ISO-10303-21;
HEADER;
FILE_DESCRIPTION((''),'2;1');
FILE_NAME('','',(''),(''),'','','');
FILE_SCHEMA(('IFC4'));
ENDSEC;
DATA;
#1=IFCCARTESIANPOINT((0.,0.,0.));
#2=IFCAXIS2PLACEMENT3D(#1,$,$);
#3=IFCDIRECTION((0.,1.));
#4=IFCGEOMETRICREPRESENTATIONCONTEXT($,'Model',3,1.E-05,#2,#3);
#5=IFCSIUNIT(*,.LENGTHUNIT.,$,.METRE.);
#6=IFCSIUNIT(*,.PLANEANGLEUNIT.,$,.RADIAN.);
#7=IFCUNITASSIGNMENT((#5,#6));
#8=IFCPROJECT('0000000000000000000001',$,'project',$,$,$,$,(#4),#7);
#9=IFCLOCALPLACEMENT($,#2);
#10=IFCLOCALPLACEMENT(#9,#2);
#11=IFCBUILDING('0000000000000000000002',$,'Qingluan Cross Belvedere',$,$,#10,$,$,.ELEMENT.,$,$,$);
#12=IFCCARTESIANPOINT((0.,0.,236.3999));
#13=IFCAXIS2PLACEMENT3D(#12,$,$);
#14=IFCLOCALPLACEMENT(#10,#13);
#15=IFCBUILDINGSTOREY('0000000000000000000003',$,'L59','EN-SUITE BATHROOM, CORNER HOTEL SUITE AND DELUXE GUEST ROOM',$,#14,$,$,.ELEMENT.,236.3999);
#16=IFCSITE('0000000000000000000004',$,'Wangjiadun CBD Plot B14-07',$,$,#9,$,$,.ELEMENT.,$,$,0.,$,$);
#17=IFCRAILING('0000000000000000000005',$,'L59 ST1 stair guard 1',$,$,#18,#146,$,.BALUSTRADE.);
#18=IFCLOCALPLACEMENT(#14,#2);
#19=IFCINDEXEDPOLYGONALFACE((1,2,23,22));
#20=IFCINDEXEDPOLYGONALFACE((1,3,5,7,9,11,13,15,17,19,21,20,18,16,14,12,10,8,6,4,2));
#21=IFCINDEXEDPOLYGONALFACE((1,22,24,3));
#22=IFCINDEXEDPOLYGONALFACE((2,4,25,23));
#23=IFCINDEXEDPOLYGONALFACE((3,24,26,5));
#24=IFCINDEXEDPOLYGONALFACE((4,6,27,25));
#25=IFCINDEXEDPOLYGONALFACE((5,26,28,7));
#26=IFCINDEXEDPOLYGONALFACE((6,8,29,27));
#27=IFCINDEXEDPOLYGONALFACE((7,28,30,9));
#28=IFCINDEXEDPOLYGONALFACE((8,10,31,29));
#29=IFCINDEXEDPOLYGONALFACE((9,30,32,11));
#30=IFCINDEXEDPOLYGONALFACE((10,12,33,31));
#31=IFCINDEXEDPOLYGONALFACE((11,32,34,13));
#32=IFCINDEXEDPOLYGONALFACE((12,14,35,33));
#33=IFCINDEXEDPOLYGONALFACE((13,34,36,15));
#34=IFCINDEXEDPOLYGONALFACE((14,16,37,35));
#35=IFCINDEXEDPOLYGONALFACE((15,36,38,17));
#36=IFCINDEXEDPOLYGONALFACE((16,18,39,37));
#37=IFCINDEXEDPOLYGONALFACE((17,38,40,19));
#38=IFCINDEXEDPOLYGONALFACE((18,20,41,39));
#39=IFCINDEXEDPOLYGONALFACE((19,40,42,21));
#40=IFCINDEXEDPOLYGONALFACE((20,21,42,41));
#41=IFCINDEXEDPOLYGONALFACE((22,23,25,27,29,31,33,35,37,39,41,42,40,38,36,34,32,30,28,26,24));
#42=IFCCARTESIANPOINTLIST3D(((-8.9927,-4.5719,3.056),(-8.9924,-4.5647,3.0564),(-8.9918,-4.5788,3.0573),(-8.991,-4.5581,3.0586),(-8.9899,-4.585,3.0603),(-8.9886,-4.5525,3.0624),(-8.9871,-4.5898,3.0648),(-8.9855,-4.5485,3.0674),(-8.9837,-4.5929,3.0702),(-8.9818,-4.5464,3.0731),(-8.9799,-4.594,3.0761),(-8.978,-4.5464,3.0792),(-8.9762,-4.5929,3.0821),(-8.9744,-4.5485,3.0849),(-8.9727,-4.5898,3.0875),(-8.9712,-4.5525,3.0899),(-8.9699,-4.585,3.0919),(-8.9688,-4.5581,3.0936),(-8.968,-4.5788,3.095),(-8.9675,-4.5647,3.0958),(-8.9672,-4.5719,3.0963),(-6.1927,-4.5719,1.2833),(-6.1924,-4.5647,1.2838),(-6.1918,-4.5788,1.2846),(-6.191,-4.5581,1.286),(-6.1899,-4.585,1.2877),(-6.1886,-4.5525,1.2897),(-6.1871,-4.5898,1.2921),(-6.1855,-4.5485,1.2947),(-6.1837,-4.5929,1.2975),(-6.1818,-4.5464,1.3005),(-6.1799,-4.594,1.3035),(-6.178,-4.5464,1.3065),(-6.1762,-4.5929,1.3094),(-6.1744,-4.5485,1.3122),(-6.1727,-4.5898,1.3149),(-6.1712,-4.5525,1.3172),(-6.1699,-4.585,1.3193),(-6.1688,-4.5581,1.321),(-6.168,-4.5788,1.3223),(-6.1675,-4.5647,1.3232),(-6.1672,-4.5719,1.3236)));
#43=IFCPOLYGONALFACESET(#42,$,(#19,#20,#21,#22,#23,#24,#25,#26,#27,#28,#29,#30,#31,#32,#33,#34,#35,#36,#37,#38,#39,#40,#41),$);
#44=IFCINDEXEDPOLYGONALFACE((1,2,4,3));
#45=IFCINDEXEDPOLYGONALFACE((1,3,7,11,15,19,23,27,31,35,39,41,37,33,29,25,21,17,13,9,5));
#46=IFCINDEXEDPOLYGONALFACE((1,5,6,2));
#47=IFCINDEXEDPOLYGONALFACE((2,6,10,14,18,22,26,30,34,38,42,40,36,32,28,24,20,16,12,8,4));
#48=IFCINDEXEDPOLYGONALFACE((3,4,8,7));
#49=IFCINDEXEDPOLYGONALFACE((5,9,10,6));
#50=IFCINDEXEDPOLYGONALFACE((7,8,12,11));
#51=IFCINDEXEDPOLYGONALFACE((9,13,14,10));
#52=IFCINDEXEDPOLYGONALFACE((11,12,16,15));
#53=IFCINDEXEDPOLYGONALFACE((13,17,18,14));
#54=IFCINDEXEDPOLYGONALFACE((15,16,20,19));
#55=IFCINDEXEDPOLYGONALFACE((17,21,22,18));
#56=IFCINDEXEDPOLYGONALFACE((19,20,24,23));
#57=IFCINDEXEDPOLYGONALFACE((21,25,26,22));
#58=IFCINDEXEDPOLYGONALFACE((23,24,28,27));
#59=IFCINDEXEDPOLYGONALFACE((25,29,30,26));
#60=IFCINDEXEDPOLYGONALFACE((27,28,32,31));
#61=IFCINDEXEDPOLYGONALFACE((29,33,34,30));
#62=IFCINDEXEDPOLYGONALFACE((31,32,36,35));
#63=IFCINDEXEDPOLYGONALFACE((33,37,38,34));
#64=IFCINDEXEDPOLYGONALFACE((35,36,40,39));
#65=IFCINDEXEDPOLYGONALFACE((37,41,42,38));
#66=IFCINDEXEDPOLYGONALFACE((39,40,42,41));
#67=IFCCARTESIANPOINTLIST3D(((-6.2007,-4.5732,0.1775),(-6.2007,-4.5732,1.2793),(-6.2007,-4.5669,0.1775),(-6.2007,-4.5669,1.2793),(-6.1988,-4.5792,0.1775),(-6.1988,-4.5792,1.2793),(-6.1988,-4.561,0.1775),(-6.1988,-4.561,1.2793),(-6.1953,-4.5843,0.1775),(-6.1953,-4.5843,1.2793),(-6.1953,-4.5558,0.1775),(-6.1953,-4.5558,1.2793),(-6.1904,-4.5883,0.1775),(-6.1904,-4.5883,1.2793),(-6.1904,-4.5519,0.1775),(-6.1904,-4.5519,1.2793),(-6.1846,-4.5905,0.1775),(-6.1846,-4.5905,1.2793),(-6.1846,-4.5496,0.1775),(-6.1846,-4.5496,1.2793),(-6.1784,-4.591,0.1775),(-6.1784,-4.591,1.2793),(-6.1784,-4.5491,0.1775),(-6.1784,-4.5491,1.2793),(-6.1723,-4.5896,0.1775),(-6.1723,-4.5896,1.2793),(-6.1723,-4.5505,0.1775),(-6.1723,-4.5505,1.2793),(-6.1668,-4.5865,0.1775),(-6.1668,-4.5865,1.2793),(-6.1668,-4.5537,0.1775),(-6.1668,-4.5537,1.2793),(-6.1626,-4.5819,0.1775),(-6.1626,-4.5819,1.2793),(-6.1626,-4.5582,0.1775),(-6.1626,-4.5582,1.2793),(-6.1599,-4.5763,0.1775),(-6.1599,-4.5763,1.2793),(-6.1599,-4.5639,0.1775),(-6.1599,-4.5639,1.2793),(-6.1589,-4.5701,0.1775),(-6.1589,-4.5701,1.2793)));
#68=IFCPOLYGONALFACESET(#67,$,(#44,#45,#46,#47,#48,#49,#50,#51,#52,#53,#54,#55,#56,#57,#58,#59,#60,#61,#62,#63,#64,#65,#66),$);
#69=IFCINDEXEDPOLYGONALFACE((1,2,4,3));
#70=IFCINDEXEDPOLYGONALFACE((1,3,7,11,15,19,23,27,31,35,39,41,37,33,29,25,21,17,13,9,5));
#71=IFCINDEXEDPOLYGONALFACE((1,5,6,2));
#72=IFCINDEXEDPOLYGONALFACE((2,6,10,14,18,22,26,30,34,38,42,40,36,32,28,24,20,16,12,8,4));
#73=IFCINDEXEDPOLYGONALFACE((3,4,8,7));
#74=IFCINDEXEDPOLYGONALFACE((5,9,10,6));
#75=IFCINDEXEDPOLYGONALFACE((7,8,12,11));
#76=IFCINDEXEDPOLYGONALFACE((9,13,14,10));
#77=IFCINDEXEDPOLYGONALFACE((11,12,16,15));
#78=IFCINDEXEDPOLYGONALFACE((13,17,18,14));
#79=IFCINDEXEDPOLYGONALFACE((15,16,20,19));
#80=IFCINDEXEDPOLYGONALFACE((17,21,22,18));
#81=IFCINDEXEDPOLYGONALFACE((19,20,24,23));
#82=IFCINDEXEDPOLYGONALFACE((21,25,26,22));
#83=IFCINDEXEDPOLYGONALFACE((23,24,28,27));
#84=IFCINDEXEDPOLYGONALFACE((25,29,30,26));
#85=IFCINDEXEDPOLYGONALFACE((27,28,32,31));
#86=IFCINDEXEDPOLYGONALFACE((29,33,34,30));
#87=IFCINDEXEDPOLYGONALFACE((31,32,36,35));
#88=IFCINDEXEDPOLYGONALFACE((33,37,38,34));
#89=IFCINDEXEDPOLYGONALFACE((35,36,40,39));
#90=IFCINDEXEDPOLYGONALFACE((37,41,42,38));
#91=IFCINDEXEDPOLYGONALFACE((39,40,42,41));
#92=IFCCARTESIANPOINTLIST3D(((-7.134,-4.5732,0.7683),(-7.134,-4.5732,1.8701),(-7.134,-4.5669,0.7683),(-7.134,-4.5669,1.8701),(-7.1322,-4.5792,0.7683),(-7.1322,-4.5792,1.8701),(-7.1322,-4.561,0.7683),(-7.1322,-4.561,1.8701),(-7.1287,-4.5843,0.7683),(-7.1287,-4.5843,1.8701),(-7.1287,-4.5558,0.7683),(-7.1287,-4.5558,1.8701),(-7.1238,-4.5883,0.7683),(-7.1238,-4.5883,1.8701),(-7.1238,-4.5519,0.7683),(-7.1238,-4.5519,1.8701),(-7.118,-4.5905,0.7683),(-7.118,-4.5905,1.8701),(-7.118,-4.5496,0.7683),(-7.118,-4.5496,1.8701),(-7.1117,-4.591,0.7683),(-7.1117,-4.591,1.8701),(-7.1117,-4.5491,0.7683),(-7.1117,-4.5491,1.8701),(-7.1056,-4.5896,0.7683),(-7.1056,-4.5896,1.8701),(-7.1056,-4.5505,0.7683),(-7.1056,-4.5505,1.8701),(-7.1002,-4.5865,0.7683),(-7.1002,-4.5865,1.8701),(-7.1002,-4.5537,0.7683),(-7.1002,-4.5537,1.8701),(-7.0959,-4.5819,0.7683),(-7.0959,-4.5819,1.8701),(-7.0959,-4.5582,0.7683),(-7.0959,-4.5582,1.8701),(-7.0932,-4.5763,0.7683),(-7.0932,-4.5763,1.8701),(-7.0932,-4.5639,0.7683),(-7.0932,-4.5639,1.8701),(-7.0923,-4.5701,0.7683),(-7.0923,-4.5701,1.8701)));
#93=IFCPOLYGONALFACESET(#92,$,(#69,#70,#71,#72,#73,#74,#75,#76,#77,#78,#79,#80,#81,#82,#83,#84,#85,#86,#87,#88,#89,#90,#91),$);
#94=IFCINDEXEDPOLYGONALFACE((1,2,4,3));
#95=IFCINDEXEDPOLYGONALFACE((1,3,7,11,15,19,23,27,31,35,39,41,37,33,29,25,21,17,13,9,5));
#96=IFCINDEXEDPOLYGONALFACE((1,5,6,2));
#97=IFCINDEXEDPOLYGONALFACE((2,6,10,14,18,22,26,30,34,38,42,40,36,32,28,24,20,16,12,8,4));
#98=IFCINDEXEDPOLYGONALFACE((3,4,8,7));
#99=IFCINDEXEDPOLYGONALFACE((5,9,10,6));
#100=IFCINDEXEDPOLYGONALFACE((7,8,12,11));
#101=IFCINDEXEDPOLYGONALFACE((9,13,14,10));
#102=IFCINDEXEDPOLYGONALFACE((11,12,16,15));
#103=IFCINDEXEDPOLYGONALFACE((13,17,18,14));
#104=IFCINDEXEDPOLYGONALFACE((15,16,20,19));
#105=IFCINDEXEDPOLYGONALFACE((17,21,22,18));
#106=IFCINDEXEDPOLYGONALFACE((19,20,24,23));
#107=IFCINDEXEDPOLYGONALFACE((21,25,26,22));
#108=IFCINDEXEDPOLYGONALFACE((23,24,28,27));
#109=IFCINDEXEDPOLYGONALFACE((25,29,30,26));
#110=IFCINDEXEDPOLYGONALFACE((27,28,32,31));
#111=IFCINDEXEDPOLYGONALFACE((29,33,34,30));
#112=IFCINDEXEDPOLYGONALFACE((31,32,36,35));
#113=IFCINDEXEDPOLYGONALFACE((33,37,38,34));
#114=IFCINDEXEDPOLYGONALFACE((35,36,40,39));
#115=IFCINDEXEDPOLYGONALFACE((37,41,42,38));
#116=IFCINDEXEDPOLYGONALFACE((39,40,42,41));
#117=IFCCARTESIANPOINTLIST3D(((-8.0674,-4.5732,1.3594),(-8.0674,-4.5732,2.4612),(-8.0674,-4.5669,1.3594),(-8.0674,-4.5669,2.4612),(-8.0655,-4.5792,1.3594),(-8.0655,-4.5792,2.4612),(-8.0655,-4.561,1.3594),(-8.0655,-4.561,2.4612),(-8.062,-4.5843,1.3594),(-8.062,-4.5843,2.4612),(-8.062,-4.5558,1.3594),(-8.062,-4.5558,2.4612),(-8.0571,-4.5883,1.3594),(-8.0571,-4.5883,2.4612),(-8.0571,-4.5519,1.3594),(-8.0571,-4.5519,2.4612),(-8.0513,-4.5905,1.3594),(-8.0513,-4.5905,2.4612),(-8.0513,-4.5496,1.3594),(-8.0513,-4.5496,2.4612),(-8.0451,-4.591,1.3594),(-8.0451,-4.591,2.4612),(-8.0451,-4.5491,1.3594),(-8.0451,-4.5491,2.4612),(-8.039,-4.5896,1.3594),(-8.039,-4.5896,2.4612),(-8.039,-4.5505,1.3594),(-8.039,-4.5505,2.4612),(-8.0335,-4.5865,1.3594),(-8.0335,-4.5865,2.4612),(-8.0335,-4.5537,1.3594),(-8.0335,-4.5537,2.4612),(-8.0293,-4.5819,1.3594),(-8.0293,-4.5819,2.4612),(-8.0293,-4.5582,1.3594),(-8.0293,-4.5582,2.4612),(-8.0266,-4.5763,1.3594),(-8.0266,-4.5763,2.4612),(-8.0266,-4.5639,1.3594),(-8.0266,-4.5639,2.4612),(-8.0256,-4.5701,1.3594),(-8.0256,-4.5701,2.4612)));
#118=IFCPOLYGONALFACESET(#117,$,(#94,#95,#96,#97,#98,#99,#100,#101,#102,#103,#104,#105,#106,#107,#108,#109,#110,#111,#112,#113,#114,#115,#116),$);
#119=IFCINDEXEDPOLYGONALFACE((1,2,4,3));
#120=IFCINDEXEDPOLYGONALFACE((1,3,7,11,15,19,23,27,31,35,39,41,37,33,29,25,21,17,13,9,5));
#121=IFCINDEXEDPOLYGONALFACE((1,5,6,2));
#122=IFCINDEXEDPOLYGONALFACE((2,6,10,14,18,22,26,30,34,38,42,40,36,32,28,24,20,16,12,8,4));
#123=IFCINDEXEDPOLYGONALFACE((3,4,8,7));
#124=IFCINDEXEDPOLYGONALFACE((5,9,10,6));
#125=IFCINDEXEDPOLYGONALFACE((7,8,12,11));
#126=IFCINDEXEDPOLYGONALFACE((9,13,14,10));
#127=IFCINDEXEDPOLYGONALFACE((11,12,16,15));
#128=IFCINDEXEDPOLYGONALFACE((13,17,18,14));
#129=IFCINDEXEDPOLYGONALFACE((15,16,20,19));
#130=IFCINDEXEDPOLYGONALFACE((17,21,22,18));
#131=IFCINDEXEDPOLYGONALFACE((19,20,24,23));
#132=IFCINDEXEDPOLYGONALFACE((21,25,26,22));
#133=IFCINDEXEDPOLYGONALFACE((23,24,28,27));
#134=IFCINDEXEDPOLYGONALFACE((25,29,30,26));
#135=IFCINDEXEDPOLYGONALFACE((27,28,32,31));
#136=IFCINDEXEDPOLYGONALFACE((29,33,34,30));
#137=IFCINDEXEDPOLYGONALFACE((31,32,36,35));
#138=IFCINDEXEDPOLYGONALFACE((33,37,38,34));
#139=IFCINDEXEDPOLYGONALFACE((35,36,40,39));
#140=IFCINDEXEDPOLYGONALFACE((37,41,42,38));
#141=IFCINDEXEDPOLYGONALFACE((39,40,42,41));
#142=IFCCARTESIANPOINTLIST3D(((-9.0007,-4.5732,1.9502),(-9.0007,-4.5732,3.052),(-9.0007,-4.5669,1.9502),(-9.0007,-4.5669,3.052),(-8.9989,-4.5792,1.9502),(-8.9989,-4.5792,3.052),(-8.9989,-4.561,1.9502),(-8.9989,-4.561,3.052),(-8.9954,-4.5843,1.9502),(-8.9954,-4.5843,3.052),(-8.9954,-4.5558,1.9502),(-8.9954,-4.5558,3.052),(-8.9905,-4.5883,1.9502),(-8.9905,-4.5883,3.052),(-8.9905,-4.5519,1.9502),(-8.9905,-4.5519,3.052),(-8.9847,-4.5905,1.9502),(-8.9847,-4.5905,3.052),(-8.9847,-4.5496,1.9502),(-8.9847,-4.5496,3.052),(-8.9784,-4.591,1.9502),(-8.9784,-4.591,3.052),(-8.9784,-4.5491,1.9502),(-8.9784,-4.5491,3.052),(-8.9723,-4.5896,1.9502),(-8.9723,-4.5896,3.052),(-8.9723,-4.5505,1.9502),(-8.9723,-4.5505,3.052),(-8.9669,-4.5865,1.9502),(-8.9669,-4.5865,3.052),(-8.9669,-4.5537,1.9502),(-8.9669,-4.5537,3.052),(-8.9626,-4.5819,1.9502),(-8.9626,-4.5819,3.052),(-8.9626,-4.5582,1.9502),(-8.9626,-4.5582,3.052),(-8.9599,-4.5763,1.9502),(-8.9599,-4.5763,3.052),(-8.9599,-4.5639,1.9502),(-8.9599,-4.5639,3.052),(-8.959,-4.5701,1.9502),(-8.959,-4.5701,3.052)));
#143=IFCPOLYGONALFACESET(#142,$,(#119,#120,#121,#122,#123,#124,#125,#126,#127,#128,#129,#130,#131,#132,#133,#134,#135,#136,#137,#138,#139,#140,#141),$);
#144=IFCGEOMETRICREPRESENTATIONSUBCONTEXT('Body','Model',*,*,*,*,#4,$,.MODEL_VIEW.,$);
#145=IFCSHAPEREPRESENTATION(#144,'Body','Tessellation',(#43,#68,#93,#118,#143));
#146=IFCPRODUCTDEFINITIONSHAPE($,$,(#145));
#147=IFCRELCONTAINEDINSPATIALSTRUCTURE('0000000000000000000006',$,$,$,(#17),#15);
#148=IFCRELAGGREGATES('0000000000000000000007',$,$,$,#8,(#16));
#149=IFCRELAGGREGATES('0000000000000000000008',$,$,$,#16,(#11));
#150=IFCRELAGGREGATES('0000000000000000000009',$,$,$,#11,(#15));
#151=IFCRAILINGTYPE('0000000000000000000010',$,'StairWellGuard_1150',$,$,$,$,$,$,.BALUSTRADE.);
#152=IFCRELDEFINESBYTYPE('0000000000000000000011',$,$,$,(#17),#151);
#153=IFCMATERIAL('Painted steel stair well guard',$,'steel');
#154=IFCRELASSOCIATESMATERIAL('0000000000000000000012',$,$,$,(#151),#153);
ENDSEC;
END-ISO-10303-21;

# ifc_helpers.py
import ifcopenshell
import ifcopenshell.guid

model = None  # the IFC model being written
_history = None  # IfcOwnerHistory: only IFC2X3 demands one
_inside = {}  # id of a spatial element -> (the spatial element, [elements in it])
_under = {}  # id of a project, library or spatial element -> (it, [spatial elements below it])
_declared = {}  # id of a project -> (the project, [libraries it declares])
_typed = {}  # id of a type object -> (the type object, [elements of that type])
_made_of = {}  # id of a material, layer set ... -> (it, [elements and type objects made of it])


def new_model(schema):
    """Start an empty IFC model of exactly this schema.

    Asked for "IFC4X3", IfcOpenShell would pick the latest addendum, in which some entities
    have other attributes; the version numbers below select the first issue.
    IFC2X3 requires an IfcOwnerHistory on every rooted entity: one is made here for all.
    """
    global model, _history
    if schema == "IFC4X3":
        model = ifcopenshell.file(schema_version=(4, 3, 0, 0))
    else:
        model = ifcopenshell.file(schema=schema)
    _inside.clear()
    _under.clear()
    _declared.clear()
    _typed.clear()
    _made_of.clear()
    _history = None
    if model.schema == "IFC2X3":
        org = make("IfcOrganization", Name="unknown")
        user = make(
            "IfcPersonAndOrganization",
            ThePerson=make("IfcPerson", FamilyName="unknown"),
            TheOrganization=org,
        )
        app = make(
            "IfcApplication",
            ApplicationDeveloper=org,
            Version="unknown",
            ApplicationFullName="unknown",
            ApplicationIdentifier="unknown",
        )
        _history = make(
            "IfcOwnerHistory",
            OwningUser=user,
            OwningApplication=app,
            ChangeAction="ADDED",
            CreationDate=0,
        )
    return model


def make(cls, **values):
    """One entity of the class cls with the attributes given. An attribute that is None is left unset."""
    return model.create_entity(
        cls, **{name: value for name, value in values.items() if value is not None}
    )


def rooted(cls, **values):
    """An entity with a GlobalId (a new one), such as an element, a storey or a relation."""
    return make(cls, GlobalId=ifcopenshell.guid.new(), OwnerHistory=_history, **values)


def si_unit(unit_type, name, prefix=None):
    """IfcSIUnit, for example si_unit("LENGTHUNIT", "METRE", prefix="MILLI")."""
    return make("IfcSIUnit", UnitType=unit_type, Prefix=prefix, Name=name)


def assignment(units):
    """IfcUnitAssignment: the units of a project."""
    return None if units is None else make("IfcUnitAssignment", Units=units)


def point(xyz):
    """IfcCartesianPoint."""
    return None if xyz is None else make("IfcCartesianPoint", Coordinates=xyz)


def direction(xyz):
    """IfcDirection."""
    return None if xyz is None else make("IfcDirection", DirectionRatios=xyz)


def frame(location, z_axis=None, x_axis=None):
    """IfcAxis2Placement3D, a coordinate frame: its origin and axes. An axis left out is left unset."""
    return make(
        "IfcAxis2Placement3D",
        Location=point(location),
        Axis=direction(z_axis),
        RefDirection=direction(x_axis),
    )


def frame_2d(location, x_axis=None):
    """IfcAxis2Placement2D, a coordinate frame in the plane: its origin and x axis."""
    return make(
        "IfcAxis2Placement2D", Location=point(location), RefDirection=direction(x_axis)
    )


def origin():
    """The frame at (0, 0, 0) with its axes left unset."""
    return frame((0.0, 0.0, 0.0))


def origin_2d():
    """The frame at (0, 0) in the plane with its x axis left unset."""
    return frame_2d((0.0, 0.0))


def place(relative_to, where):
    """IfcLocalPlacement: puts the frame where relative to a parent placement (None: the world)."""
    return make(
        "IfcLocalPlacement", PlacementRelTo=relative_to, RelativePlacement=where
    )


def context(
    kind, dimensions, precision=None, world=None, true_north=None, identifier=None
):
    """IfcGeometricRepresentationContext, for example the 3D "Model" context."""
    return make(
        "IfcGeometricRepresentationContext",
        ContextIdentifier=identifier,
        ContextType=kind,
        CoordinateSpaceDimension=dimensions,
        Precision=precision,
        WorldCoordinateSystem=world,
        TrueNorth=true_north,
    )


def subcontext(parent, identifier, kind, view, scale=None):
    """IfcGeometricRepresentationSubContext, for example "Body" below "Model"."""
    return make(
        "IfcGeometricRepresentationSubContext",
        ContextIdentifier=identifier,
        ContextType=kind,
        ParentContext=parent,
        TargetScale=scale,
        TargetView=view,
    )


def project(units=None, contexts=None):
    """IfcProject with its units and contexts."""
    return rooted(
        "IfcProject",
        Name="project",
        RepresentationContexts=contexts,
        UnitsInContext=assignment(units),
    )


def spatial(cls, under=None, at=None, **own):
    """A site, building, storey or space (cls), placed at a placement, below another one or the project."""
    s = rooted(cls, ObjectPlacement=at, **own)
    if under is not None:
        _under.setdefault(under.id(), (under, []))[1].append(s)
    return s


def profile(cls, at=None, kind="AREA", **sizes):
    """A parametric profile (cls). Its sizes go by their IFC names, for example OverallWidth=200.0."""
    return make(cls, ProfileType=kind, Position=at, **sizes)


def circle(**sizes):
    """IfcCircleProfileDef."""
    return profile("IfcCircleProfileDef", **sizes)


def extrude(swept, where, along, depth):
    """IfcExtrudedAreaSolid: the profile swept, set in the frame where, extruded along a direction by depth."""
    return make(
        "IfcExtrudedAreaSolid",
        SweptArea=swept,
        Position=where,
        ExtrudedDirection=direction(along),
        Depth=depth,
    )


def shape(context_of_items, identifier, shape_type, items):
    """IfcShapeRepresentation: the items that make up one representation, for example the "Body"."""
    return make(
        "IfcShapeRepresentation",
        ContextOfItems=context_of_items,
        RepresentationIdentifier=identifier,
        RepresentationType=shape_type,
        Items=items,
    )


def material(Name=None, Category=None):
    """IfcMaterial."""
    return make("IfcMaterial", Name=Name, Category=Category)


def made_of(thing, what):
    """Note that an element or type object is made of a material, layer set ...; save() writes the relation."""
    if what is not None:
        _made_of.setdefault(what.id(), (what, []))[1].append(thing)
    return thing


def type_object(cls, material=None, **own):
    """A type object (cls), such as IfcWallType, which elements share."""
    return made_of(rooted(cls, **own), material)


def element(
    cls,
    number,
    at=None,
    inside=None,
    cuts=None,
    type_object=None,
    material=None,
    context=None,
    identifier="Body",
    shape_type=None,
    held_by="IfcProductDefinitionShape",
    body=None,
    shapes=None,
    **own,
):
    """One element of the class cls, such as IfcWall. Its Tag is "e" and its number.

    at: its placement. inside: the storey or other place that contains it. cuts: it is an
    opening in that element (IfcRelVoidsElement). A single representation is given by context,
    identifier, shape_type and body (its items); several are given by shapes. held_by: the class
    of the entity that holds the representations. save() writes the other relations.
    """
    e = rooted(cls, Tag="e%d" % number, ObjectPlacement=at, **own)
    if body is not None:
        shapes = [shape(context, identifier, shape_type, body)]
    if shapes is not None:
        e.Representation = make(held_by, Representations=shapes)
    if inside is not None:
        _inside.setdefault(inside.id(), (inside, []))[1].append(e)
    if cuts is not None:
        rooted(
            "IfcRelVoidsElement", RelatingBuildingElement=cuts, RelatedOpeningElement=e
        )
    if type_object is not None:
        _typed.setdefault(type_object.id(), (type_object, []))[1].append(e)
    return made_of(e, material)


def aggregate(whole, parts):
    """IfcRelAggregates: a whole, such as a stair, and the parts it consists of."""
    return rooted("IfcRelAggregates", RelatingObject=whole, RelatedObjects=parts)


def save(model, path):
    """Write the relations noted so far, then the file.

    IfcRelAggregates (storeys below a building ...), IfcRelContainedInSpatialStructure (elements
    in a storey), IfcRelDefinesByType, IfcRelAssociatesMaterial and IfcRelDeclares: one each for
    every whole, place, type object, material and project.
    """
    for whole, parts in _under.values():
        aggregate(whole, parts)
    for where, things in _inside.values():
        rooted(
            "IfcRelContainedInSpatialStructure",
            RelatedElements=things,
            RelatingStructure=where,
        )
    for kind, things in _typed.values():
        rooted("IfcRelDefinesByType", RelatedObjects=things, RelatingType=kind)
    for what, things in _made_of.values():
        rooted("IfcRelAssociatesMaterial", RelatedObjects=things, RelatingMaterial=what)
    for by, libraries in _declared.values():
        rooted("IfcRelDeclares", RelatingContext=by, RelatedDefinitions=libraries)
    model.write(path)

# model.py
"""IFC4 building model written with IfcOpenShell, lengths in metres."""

from ifc_helpers import new_model, si_unit, direction, frame, origin, origin_2d, place, context, subcontext, project, spatial, circle, extrude, material, type_object, element, save


model = new_model("IFC4")

# Units and contexts
model_context = context("Model", 3, precision=1e-05, world=origin(), true_north=direction((0.0, 1.0)))
body_context = subcontext(model_context, "Body", "Model", "MODEL_VIEW")
ifc_project = project(units=[si_unit("LENGTHUNIT", "METRE"), si_unit("PLANEANGLEUNIT", "RADIAN")], contexts=[model_context])

# Site, building, storey
site_placement = place(None, origin())
site = spatial("IfcSite", under=ifc_project, at=site_placement, Name="Wangjiadun CBD Plot B14-07", CompositionType="ELEMENT", RefElevation=0.0)
building_placement = place(site_placement, origin())
building = spatial("IfcBuilding", under=site, at=building_placement, Name="Qingluan Cross Belvedere", CompositionType="ELEMENT")
storey_placement = place(building_placement, frame((0.0, 0.0, 236.3999)))
storey = spatial("IfcBuildingStorey", under=building, at=storey_placement, Name="L59", Description="EN-SUITE BATHROOM, CORNER HOTEL SUITE AND DELUXE GUEST ROOM", CompositionType="ELEMENT", Elevation=236.3999)

# Railing
ifc_material_1 = material(Name="Painted steel stair well guard", Category="steel")
railing_type_1 = type_object("IfcRailingType", Name="StairWellGuard_1150", PredefinedType="BALUSTRADE", material=ifc_material_1)
railing_1_placement = place(storey_placement, frame((-6.1799, -4.5701, 0.1775)))
element("IfcRailing", 1, at=railing_1_placement, inside=storey, type_object=railing_type_1, Name="L59 ST1 stair guard 1", PredefinedType="BALUSTRADE", context=body_context, shape_type="SweptSolid", body=[
    extrude(circle(Radius=0.0239, at=origin_2d()), frame((0.0, 0.0, 1.126), z_axis=(-0.844909, 0.0, 0.53491), x_axis=(0.0, -1.0, 0.0)), (0.0, 0.0, 1.0), 3.314),
    extrude(circle(Radius=0.021, at=origin_2d()), origin(), (0.0, 0.0, 1.0), 1.1018),
    extrude(circle(Radius=0.021, at=origin_2d()), frame((-0.9333, 0.0, 0.5908)), (0.0, 0.0, 1.0), 1.1018),
    extrude(circle(Radius=0.021, at=origin_2d()), frame((-1.8667, 0.0, 1.1819)), (0.0, 0.0, 1.0), 1.1018),
    extrude(circle(Radius=0.021, at=origin_2d()), frame((-2.8, 0.0, 1.7727)), (0.0, 0.0, 1.0), 1.1018),
])

save(model, "model.ifc")
